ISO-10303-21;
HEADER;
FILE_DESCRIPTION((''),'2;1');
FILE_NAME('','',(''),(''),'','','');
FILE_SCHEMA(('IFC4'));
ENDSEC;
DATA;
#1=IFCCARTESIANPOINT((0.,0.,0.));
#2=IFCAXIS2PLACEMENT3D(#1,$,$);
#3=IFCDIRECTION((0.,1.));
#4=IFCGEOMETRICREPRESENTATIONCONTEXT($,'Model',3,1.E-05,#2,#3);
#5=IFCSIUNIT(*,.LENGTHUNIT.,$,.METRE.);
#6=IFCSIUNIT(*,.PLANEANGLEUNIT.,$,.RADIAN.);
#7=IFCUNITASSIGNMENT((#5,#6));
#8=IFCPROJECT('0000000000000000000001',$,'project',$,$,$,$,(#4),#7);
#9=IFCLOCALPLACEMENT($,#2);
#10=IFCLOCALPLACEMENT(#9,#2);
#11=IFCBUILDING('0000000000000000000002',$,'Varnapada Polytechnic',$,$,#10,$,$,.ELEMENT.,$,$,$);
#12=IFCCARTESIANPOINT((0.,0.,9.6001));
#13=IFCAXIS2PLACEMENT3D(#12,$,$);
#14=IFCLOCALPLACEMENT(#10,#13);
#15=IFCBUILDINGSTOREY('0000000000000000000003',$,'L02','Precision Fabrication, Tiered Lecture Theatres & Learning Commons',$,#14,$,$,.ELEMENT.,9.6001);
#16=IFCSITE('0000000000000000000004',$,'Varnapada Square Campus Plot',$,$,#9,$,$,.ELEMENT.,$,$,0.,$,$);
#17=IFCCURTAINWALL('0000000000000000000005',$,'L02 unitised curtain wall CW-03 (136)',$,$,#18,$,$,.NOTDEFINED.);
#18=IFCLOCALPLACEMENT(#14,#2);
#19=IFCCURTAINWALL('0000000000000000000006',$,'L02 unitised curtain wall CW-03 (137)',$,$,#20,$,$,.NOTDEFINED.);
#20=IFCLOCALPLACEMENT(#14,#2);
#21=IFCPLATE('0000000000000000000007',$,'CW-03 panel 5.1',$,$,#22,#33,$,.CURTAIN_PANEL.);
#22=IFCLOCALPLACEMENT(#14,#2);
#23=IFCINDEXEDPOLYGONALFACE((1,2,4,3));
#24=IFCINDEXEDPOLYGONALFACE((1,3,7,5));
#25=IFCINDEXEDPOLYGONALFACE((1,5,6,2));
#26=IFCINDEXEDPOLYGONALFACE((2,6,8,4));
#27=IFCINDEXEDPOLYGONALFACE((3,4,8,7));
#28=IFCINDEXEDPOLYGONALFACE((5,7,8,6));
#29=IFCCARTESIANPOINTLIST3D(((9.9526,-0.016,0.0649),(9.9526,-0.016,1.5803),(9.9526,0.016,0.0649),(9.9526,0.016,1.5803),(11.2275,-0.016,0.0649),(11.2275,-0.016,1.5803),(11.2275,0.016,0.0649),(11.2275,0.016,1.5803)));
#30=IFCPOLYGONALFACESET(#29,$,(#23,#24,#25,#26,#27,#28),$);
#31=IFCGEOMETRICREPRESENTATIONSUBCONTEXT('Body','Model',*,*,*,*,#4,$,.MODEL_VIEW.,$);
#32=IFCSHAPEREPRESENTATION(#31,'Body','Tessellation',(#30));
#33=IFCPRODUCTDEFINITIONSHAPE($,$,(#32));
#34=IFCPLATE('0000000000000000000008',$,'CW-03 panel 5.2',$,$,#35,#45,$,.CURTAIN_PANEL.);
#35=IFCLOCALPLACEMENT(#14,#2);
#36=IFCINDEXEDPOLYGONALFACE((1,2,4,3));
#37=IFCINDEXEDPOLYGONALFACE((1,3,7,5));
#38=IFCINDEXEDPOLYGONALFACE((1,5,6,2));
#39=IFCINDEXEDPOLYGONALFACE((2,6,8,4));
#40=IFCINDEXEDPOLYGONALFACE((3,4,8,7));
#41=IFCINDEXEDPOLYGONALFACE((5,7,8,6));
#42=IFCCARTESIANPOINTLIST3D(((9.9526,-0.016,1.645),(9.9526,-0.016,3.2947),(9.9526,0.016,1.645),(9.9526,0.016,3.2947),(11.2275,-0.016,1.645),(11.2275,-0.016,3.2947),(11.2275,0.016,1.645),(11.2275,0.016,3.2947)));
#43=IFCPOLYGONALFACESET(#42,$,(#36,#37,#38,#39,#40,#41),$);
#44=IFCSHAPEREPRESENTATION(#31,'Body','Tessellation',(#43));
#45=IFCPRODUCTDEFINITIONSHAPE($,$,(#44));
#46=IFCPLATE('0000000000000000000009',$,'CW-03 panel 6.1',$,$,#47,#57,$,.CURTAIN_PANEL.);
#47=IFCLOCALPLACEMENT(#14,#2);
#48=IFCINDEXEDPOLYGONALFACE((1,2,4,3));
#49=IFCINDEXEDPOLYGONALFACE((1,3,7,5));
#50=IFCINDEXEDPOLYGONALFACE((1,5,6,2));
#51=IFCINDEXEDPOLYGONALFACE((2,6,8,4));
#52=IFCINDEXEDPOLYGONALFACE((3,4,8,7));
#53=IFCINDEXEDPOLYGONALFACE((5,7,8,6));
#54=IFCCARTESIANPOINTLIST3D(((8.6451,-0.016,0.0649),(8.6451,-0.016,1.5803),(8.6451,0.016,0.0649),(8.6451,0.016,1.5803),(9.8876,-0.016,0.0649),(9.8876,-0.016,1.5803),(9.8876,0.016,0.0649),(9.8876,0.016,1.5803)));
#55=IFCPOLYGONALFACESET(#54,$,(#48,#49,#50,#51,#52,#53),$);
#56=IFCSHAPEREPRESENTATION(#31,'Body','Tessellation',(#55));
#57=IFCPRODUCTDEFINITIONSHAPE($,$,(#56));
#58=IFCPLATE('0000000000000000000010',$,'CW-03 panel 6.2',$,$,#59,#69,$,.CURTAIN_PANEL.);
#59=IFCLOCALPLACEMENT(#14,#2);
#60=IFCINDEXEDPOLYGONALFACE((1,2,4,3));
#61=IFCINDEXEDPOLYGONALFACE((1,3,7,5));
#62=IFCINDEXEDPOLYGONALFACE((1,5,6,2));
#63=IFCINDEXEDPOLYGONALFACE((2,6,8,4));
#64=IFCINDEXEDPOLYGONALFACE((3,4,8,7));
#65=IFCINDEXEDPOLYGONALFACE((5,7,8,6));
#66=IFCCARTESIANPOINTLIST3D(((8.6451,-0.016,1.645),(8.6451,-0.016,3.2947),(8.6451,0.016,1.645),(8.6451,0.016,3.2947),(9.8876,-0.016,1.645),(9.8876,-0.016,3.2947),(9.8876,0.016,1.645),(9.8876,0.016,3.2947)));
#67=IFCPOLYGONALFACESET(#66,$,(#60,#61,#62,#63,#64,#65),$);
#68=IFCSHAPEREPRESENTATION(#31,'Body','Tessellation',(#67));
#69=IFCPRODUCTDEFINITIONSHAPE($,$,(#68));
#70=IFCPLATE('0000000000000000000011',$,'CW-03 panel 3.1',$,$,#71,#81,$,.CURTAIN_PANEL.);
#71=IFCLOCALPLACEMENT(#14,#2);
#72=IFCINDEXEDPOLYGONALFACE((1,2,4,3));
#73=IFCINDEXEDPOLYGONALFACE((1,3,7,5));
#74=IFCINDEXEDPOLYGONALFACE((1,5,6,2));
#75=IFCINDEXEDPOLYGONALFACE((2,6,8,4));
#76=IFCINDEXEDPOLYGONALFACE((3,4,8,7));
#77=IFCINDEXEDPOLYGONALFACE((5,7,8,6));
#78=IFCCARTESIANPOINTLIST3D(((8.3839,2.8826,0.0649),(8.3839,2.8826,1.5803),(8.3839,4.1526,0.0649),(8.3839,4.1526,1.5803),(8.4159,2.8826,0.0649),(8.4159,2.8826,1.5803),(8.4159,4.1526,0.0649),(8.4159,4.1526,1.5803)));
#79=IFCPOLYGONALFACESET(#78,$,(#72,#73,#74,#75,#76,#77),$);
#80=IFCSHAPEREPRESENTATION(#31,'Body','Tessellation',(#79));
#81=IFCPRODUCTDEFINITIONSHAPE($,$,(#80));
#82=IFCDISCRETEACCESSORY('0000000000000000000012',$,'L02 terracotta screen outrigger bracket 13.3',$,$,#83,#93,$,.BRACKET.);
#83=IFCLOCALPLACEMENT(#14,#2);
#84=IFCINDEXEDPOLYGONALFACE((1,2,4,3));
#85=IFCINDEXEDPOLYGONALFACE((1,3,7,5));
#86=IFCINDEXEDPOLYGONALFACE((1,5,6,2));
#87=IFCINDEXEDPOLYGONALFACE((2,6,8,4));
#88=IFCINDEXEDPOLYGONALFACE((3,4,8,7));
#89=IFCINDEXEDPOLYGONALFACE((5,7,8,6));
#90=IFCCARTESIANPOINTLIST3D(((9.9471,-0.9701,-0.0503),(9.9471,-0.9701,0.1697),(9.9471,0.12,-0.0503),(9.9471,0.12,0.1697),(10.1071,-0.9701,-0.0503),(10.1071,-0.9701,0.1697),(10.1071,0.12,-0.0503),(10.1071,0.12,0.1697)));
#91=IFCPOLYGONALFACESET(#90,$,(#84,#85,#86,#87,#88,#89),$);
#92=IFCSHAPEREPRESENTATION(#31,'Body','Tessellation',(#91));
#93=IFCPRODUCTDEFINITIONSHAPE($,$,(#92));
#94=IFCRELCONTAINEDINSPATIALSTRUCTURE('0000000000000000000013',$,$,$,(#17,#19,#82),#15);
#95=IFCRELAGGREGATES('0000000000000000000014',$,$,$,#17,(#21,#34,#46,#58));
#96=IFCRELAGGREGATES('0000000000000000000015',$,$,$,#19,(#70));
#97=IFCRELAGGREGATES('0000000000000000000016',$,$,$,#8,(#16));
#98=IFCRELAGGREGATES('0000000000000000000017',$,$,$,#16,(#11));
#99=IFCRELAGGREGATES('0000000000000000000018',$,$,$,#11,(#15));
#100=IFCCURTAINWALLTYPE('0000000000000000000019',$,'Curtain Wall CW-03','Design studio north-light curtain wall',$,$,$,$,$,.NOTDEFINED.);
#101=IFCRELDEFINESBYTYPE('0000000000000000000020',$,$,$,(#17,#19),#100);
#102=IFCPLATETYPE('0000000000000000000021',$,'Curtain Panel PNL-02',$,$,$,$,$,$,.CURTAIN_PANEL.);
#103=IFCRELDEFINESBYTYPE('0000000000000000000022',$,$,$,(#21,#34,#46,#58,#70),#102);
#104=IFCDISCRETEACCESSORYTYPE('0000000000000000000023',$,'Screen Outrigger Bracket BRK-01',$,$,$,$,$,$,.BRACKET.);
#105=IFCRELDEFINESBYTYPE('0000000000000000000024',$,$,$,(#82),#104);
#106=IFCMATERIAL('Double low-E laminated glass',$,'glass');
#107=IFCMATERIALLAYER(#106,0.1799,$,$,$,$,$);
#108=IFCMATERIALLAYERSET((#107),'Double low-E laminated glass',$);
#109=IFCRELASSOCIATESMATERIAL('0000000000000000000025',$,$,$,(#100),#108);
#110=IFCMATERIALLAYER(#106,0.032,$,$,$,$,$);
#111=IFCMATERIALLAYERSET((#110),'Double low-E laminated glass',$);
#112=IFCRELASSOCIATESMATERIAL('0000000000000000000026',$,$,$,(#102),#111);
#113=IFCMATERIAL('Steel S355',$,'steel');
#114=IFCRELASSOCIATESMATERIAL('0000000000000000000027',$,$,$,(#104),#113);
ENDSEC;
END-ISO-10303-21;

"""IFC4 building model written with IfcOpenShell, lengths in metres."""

from ifc_helpers import new_model, si_unit, direction, frame, origin, origin_2d, place, context, subcontext, project, spatial, rectangle, extrude, material, layer, layer_set, type_object, element, aggregate, save


model = new_model("IFC4")

# Units and contexts
model_context = context("Model", 3, precision=1e-05, world=origin(), true_north=direction((0.0, 1.0)))
body_context = subcontext(model_context, "Body", "Model", "MODEL_VIEW")
ifc_project = project(units=[si_unit("LENGTHUNIT", "METRE"), si_unit("PLANEANGLEUNIT", "RADIAN")], contexts=[model_context])

# Site, building, storey
site_placement = place(None, origin())
site = spatial("IfcSite", under=ifc_project, at=site_placement, Name="Varnapada Square Campus Plot", CompositionType="ELEMENT", RefElevation=0.0)
building_placement = place(site_placement, origin())
building = spatial("IfcBuilding", under=site, at=building_placement, Name="Varnapada Polytechnic", CompositionType="ELEMENT")
storey_placement = place(building_placement, frame((0.0, 0.0, 9.6001)))
storey = spatial("IfcBuildingStorey", under=building, at=storey_placement, Name="L02", Description="Precision Fabrication, Tiered Lecture Theatres & Learning Commons", CompositionType="ELEMENT", Elevation=9.6001)

# Curtain wall
ifc_material_1 = material(Name="Double low-E laminated glass", Category="glass")
ifc_layer_1 = layer(ifc_material_1, 0.1799)
ifc_layer_set_1 = layer_set([ifc_layer_1], Name="Double low-E laminated glass")
curtain_wall_type = type_object("IfcCurtainWallType", Name="Curtain Wall CW-03", Description="Design studio north-light curtain wall", PredefinedType="NOTDEFINED", material=ifc_layer_set_1)
curtain_wall_1_placement = place(storey_placement, origin())
curtain_wall_1 = element("IfcCurtainWall", 1, at=curtain_wall_1_placement, inside=storey, type_object=curtain_wall_type, Name="L02 unitised curtain wall CW-03 (136)", PredefinedType="NOTDEFINED")

# Curtain wall
curtain_wall_2_placement = place(storey_placement, origin())
curtain_wall_2 = element("IfcCurtainWall", 2, at=curtain_wall_2_placement, inside=storey, type_object=curtain_wall_type, Name="L02 unitised curtain wall CW-03 (137)", PredefinedType="NOTDEFINED")

# Plates
ifc_layer_2 = layer(ifc_material_1, 0.032)
ifc_layer_set_2 = layer_set([ifc_layer_2], Name="Double low-E laminated glass")
plate_type = type_object("IfcPlateType", Name="Curtain Panel PNL-02", PredefinedType="CURTAIN_PANEL", material=ifc_layer_set_2)
plate_1_placement = place(storey_placement, frame((10.5901, 0.0, 0.0649), z_axis=(0.0, 0.0, 1.0), x_axis=(-1.0, 0.0, 0.0)))
plate_1 = element("IfcPlate", 3, at=plate_1_placement, type_object=plate_type, Name="CW-03 panel 5.1", PredefinedType="CURTAIN_PANEL", context=body_context, shape_type="SweptSolid", body=[
    extrude(rectangle(XDim=1.2749, YDim=0.032, at=origin_2d()), origin(), (0.0, 0.0, 1.0), 1.5154),
])
plate_2_placement = place(storey_placement, frame((10.5901, 0.0, 1.645), z_axis=(0.0, 0.0, 1.0), x_axis=(-1.0, 0.0, 0.0)))
plate_2 = element("IfcPlate", 4, at=plate_2_placement, type_object=plate_type, Name="CW-03 panel 5.2", PredefinedType="CURTAIN_PANEL", context=body_context, shape_type="SweptSolid", body=[
    extrude(rectangle(XDim=1.2749, YDim=0.032, at=origin_2d()), origin(), (0.0, 0.0, 1.0), 1.6497),
])
plate_3_placement = place(storey_placement, frame((9.2664, 0.0, 0.0649), z_axis=(0.0, 0.0, 1.0), x_axis=(-1.0, 0.0, 0.0)))
plate_3 = element("IfcPlate", 5, at=plate_3_placement, type_object=plate_type, Name="CW-03 panel 6.1", PredefinedType="CURTAIN_PANEL", context=body_context, shape_type="SweptSolid", body=[
    extrude(rectangle(XDim=1.2424, YDim=0.032, at=origin_2d()), origin(), (0.0, 0.0, 1.0), 1.5154),
])
plate_4_placement = place(storey_placement, frame((9.2664, 0.0, 1.645), z_axis=(0.0, 0.0, 1.0), x_axis=(-1.0, 0.0, 0.0)))
plate_4 = element("IfcPlate", 6, at=plate_4_placement, type_object=plate_type, Name="CW-03 panel 6.2", PredefinedType="CURTAIN_PANEL", context=body_context, shape_type="SweptSolid", body=[
    extrude(rectangle(XDim=1.2424, YDim=0.032, at=origin_2d()), origin(), (0.0, 0.0, 1.0), 1.6497),
])
aggregate(curtain_wall_1, [plate_1, plate_2, plate_3, plate_4])
plate_5_placement = place(storey_placement, frame((8.3999, 3.5176, 0.0649), z_axis=(0.0, 0.0, 1.0), x_axis=(0.0, 1.0, 0.0)))
plate_5 = element("IfcPlate", 7, at=plate_5_placement, type_object=plate_type, Name="CW-03 panel 3.1", PredefinedType="CURTAIN_PANEL", context=body_context, shape_type="SweptSolid", body=[
    extrude(rectangle(XDim=1.27, YDim=0.032, at=origin_2d()), origin(), (0.0, 0.0, 1.0), 1.5154),
])
aggregate(curtain_wall_2, [plate_5])

# Discrete accessory
ifc_material_2 = material(Name="Steel S355", Category="steel")
discrete_accessory_type = type_object("IfcDiscreteAccessoryType", Name="Screen Outrigger Bracket BRK-01", PredefinedType="BRACKET", material=ifc_material_2)
discrete_accessory_placement = place(storey_placement, frame((10.0271, -0.425, -0.0503), z_axis=(0.0, 0.0, 1.0), x_axis=(-1.0, 0.0, 0.0)))
element("IfcDiscreteAccessory", 8, at=discrete_accessory_placement, inside=storey, type_object=discrete_accessory_type, Name="L02 terracotta screen outrigger bracket 13.3", PredefinedType="BRACKET", context=body_context, shape_type="SweptSolid", body=[
    extrude(rectangle(XDim=0.1599, YDim=1.0901, at=origin_2d()), origin(), (0.0, 0.0, 1.0), 0.22),
])

save(model, "model.ifc")
